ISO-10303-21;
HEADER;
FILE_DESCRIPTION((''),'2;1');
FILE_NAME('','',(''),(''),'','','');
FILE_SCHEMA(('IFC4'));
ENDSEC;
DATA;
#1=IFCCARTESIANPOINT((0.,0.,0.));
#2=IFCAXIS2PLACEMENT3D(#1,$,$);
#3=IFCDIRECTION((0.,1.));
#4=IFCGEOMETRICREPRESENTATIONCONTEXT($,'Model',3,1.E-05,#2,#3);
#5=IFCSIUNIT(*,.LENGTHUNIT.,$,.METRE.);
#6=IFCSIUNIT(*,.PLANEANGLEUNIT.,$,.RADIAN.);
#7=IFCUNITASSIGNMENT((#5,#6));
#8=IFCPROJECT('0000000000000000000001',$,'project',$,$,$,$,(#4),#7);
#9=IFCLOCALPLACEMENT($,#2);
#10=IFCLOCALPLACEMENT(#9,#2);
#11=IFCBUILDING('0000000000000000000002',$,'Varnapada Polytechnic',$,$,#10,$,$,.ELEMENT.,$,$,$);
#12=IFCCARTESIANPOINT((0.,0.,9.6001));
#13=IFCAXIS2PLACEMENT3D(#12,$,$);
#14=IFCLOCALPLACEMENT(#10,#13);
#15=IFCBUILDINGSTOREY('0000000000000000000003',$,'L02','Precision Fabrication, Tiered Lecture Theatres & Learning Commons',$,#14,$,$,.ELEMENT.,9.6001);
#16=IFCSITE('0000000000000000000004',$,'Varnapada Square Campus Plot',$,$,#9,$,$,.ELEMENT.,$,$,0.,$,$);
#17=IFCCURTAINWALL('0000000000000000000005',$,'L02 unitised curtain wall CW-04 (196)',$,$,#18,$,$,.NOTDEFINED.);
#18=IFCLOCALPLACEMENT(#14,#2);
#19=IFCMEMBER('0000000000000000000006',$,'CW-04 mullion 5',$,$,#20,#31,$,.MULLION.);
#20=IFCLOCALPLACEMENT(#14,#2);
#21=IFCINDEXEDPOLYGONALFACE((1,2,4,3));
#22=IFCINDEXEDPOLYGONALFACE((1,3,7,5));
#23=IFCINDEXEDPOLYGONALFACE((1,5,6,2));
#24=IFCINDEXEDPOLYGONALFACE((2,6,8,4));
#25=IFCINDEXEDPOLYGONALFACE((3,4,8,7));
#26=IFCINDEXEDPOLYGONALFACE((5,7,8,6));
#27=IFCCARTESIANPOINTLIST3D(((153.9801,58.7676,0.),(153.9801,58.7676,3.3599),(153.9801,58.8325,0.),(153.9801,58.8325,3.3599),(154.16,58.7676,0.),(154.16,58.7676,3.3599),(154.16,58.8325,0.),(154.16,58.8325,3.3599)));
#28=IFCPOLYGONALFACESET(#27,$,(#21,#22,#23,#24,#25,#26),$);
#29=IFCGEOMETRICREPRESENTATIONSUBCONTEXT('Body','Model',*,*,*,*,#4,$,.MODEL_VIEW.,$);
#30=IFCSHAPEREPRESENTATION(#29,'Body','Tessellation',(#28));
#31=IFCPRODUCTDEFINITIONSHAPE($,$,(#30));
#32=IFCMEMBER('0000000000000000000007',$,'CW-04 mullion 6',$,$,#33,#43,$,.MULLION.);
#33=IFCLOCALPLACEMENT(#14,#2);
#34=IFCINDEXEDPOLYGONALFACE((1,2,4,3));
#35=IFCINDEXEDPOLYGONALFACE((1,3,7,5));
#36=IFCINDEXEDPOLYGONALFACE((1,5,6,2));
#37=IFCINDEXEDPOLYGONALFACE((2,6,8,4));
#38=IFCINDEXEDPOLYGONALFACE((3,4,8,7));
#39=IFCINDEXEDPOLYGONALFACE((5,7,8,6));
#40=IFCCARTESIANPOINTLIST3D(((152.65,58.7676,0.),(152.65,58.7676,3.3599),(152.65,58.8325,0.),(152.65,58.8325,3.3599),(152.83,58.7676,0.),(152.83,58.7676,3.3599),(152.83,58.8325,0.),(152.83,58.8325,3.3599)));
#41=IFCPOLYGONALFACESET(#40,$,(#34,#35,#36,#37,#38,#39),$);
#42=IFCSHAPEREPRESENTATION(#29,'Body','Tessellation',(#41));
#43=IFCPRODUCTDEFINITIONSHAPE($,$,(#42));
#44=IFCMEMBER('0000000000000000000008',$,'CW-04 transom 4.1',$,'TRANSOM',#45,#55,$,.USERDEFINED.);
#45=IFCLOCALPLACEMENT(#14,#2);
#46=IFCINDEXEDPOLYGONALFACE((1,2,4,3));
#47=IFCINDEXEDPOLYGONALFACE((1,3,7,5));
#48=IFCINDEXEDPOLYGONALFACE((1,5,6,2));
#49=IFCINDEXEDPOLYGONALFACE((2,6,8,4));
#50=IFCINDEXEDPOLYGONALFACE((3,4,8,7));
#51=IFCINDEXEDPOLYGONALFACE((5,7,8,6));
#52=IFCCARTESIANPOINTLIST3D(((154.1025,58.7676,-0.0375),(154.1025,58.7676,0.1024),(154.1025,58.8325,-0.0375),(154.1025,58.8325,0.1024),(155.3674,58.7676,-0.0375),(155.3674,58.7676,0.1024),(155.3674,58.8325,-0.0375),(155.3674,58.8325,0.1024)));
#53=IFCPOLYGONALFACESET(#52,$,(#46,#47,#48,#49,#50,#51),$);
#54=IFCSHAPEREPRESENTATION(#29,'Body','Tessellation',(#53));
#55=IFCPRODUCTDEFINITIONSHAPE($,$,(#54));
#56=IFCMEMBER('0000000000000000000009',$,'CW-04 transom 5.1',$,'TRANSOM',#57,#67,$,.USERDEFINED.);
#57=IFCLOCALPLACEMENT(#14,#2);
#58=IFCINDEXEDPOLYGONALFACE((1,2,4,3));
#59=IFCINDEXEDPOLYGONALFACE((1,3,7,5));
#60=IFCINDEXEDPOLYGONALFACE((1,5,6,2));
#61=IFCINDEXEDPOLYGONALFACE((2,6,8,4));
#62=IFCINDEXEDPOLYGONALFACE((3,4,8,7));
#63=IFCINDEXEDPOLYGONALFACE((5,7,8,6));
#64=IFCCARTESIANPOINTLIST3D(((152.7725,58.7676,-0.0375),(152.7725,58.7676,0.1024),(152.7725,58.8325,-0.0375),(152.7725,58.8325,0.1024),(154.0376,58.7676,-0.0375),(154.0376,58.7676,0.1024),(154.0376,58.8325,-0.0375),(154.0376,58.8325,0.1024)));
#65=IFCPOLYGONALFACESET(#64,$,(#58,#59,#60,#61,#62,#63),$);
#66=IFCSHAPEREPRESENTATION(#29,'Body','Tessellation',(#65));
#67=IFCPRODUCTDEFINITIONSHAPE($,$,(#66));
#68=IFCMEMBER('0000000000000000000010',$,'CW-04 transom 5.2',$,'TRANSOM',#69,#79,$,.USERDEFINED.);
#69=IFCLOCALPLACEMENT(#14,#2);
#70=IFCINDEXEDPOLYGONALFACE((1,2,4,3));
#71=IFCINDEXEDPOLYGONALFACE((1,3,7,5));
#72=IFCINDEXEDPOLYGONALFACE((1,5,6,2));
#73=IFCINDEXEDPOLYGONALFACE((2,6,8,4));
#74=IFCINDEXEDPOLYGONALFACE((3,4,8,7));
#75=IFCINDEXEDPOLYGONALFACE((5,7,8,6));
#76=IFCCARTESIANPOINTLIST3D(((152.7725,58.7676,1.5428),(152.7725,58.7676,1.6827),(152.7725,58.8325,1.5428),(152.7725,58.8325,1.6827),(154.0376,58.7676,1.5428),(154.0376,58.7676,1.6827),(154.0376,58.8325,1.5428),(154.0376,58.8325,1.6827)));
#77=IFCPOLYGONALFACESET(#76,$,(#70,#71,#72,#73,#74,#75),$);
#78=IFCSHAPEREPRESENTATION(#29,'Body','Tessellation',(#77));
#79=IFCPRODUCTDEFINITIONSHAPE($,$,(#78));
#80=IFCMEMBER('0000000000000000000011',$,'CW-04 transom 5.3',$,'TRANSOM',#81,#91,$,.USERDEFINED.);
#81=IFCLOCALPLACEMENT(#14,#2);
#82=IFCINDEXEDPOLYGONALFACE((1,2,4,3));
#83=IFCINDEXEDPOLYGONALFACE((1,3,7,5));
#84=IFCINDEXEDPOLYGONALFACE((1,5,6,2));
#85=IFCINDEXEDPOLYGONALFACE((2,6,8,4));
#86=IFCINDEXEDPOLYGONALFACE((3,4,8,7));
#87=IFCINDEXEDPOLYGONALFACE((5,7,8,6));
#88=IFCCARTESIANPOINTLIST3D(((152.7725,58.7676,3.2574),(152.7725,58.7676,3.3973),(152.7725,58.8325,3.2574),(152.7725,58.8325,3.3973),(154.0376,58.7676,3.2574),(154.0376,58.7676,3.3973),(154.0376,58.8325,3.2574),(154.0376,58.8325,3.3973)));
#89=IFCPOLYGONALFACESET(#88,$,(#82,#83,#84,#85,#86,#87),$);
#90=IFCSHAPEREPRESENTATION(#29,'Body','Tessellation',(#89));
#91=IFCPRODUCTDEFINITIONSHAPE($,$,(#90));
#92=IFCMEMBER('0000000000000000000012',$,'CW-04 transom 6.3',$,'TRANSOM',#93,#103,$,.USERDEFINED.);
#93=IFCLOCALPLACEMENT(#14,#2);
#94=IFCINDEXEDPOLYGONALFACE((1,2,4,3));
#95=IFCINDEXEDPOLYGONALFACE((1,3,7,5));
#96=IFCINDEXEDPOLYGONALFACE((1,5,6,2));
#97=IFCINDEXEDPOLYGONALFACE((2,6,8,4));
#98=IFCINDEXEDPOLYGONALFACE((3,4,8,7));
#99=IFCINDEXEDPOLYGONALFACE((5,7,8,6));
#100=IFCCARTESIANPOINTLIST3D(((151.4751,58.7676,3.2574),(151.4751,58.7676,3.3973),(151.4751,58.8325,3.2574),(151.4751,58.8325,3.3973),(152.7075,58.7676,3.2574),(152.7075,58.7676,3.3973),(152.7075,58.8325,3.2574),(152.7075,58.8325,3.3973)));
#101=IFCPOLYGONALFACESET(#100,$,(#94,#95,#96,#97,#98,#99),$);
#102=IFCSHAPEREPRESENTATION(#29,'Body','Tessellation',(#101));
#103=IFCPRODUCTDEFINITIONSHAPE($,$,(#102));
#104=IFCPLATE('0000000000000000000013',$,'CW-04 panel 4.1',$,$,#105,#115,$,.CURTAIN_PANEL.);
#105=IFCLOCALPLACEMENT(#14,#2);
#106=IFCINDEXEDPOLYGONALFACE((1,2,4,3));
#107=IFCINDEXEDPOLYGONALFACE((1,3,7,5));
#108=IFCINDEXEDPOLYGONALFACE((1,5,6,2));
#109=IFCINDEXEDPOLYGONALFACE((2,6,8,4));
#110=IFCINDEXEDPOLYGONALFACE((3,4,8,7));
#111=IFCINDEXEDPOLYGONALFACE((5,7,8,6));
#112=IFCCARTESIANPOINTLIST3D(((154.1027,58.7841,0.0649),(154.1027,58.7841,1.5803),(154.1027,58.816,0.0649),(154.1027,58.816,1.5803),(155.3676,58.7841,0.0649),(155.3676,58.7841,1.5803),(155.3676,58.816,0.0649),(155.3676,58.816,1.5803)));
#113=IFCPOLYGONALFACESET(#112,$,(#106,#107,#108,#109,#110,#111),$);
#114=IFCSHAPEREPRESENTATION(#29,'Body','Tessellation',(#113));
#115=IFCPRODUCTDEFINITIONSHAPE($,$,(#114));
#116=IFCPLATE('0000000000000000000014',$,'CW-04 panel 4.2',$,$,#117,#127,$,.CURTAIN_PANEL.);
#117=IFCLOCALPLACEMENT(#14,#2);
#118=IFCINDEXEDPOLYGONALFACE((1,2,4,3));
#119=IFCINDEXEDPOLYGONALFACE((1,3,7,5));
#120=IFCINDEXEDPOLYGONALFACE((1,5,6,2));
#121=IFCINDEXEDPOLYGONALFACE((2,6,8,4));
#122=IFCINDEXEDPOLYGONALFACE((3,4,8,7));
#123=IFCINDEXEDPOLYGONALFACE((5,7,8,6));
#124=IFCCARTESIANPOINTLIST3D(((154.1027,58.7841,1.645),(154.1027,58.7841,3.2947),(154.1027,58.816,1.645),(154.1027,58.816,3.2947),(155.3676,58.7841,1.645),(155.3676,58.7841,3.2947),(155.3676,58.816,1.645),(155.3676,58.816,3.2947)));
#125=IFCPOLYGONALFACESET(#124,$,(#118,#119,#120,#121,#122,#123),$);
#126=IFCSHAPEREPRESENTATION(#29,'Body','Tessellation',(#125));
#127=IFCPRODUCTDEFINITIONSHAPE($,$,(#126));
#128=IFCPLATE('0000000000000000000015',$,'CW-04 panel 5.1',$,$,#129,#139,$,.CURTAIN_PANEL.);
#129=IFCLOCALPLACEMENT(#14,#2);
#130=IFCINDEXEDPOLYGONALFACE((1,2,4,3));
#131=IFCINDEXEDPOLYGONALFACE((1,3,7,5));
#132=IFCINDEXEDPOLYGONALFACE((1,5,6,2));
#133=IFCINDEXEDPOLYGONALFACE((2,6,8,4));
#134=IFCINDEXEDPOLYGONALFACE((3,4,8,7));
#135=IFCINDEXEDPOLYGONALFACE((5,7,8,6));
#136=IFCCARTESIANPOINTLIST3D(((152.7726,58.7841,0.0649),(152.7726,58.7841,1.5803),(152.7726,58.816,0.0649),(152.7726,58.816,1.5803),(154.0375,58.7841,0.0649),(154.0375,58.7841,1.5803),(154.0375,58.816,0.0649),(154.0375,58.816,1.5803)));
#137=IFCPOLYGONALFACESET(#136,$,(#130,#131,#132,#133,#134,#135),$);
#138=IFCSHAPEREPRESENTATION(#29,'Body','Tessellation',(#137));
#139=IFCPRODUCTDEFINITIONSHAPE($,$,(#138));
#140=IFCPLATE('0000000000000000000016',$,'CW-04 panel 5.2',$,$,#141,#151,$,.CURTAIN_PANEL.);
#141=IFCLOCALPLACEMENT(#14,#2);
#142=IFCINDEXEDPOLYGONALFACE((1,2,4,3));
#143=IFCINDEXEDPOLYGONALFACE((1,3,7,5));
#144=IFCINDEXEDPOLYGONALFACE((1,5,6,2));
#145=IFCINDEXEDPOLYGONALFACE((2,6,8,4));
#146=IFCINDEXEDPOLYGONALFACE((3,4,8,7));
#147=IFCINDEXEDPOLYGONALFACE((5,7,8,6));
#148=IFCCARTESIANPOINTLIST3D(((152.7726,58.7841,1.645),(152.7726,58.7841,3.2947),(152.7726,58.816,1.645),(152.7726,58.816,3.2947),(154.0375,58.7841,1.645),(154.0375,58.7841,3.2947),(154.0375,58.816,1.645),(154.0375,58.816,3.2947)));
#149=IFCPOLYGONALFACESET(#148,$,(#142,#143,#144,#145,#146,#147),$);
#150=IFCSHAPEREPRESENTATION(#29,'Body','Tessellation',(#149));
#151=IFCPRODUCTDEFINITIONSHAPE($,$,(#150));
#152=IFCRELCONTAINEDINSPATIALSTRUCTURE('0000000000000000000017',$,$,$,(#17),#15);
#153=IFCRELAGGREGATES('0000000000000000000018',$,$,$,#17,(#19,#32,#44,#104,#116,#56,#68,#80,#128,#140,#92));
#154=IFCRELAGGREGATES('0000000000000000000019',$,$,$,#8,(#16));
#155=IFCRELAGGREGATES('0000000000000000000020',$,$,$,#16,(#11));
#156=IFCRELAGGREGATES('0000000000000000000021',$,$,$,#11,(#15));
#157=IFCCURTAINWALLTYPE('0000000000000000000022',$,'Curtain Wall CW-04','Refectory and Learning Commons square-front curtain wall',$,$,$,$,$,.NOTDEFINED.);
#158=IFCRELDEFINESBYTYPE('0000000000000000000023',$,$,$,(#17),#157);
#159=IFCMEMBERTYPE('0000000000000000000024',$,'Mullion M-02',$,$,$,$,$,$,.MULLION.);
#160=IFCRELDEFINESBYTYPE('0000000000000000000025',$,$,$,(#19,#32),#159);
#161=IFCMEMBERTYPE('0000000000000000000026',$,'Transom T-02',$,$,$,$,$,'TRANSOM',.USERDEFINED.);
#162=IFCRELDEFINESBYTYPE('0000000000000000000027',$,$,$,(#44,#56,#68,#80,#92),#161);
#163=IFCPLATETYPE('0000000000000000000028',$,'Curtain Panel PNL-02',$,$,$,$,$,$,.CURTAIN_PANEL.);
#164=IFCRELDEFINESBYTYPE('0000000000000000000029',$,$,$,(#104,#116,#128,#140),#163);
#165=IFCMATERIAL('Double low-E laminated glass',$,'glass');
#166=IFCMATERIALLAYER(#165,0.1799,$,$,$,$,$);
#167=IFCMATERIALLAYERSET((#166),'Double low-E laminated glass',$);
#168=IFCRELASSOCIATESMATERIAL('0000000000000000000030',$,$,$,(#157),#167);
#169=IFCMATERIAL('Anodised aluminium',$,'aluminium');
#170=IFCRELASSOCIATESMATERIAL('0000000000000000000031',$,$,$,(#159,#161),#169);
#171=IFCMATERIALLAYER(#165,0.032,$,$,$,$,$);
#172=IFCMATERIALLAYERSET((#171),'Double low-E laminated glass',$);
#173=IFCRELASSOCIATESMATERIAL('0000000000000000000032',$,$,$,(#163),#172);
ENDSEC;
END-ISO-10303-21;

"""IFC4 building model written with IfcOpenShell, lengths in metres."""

from ifc_helpers import new_model, si_unit, direction, frame, origin, origin_2d, place, context, subcontext, project, spatial, rectangle, extrude, material, layer, layer_set, material_profile, profile_set, type_object, element, aggregate, save


model = new_model("IFC4")

# Units and contexts
model_context = context("Model", 3, precision=1e-05, world=origin(), true_north=direction((0.0, 1.0)))
body_context = subcontext(model_context, "Body", "Model", "MODEL_VIEW")
ifc_project = project(units=[si_unit("LENGTHUNIT", "METRE"), si_unit("PLANEANGLEUNIT", "RADIAN")], contexts=[model_context])

# Site, building, storey
site_placement = place(None, origin())
site = spatial("IfcSite", under=ifc_project, at=site_placement, Name="Varnapada Square Campus Plot", CompositionType="ELEMENT", RefElevation=0.0)
building_placement = place(site_placement, origin())
building = spatial("IfcBuilding", under=site, at=building_placement, Name="Varnapada Polytechnic", CompositionType="ELEMENT")
storey_placement = place(building_placement, frame((0.0, 0.0, 9.6001)))
storey = spatial("IfcBuildingStorey", under=building, at=storey_placement, Name="L02", Description="Precision Fabrication, Tiered Lecture Theatres & Learning Commons", CompositionType="ELEMENT", Elevation=9.6001)

# Curtain wall, members, plates
ifc_material_1 = material(Name="Double low-E laminated glass", Category="glass")
ifc_layer_1 = layer(ifc_material_1, 0.1799)
ifc_layer_set_1 = layer_set([ifc_layer_1], Name="Double low-E laminated glass")
curtain_wall_type = type_object("IfcCurtainWallType", Name="Curtain Wall CW-04", Description="Refectory and Learning Commons square-front curtain wall", PredefinedType="NOTDEFINED", material=ifc_layer_set_1)
curtain_wall_placement = place(storey_placement, origin())
curtain_wall = element("IfcCurtainWall", 1, at=curtain_wall_placement, inside=storey, type_object=curtain_wall_type, Name="L02 unitised curtain wall CW-04 (196)", PredefinedType="NOTDEFINED")
ifc_material_2 = material(Name="Anodised aluminium", Category="aluminium")
ifc_material_profile_1 = material_profile(ifc_material_2, rectangle(XDim=0.0649, YDim=0.1799, at=origin_2d()), Name="ALU M65x180")
ifc_profile_set_1 = profile_set([ifc_material_profile_1], Name="Anodised aluminium")
member_type_1 = type_object("IfcMemberType", Name="Mullion M-02", PredefinedType="MULLION", material=ifc_profile_set_1)
member_1_placement = place(storey_placement, frame((154.0701, 58.8, 0.0), z_axis=(0.0, 0.0, 1.0), x_axis=(0.0, -1.0, 0.0)))
member_1 = element("IfcMember", 2, at=member_1_placement, type_object=member_type_1, Name="CW-04 mullion 5", PredefinedType="MULLION", context=body_context, shape_type="SweptSolid", body=[
    extrude(rectangle(XDim=0.0649, YDim=0.1799, at=origin_2d()), origin(), (0.0, 0.0, 1.0), 3.3599),
])
member_2_placement = place(storey_placement, frame((152.74, 58.8, 0.0), z_axis=(0.0, 0.0, 1.0), x_axis=(0.0, -1.0, 0.0)))
member_2 = element("IfcMember", 3, at=member_2_placement, type_object=member_type_1, Name="CW-04 mullion 6", PredefinedType="MULLION", context=body_context, shape_type="SweptSolid", body=[
    extrude(rectangle(XDim=0.0649, YDim=0.1799, at=origin_2d()), origin(), (0.0, 0.0, 1.0), 3.3599),
])
ifc_material_profile_2 = material_profile(ifc_material_2, rectangle(XDim=0.0649, YDim=0.1399, at=origin_2d()), Name="ALU T65x140")
ifc_profile_set_2 = profile_set([ifc_material_profile_2], Name="Anodised aluminium")
member_type_2 = type_object("IfcMemberType", Name="Transom T-02", ElementType="TRANSOM", PredefinedType="USERDEFINED", material=ifc_profile_set_2)
member_3_placement = place(storey_placement, frame((155.3674, 58.8, 0.0325), z_axis=(-1.0, 0.0, 0.0), x_axis=(0.0, -1.0, 0.0)))
member_3 = element("IfcMember", 4, at=member_3_placement, type_object=member_type_2, Name="CW-04 transom 4.1", ObjectType="TRANSOM", PredefinedType="USERDEFINED", context=body_context, shape_type="SweptSolid", body=[
    extrude(rectangle(XDim=0.0649, YDim=0.1399, at=origin_2d()), origin(), (0.0, 0.0, 1.0), 1.2649),
])
member_4_placement = place(storey_placement, frame((154.0376, 58.8, 0.0325), z_axis=(-1.0, 0.0, 0.0), x_axis=(0.0, -1.0, 0.0)))
member_4 = element("IfcMember", 5, at=member_4_placement, type_object=member_type_2, Name="CW-04 transom 5.1", ObjectType="TRANSOM", PredefinedType="USERDEFINED", context=body_context, shape_type="SweptSolid", body=[
    extrude(rectangle(XDim=0.0649, YDim=0.1399, at=origin_2d()), origin(), (0.0, 0.0, 1.0), 1.2651),
])
member_5_placement = place(storey_placement, frame((154.0376, 58.8, 1.6128), z_axis=(-1.0, 0.0, 0.0), x_axis=(0.0, -1.0, 0.0)))
member_5 = element("IfcMember", 6, at=member_5_placement, type_object=member_type_2, Name="CW-04 transom 5.2", ObjectType="TRANSOM", PredefinedType="USERDEFINED", context=body_context, shape_type="SweptSolid", body=[
    extrude(rectangle(XDim=0.0649, YDim=0.1399, at=origin_2d()), origin(), (0.0, 0.0, 1.0), 1.2651),
])
member_6_placement = place(storey_placement, frame((154.0376, 58.8, 3.3274), z_axis=(-1.0, 0.0, 0.0), x_axis=(0.0, -1.0, 0.0)))
member_6 = element("IfcMember", 7, at=member_6_placement, type_object=member_type_2, Name="CW-04 transom 5.3", ObjectType="TRANSOM", PredefinedType="USERDEFINED", context=body_context, shape_type="SweptSolid", body=[
    extrude(rectangle(XDim=0.0649, YDim=0.1399, at=origin_2d()), origin(), (0.0, 0.0, 1.0), 1.2651),
])
member_7_placement = place(storey_placement, frame((152.7075, 58.8, 3.3274), z_axis=(-1.0, 0.0, 0.0), x_axis=(0.0, -1.0, 0.0)))
member_7 = element("IfcMember", 8, at=member_7_placement, type_object=member_type_2, Name="CW-04 transom 6.3", ObjectType="TRANSOM", PredefinedType="USERDEFINED", context=body_context, shape_type="SweptSolid", body=[
    extrude(rectangle(XDim=0.0649, YDim=0.1399, at=origin_2d()), origin(), (0.0, 0.0, 1.0), 1.2324),
])
ifc_layer_2 = layer(ifc_material_1, 0.032)
ifc_layer_set_2 = layer_set([ifc_layer_2], Name="Double low-E laminated glass")
plate_type = type_object("IfcPlateType", Name="Curtain Panel PNL-02", PredefinedType="CURTAIN_PANEL", material=ifc_layer_set_2)
plate_1_placement = place(storey_placement, frame((154.7351, 58.8, 0.0649), z_axis=(0.0, 0.0, 1.0), x_axis=(-1.0, 0.0, 0.0)))
plate_1 = element("IfcPlate", 9, at=plate_1_placement, type_object=plate_type, Name="CW-04 panel 4.1", PredefinedType="CURTAIN_PANEL", context=body_context, shape_type="SweptSolid", body=[
    extrude(rectangle(XDim=1.2649, YDim=0.032, at=origin_2d()), origin(), (0.0, 0.0, 1.0), 1.5154),
])
plate_2_placement = place(storey_placement, frame((154.7351, 58.8, 1.645), z_axis=(0.0, 0.0, 1.0), x_axis=(-1.0, 0.0, 0.0)))
plate_2 = element("IfcPlate", 10, at=plate_2_placement, type_object=plate_type, Name="CW-04 panel 4.2", PredefinedType="CURTAIN_PANEL", context=body_context, shape_type="SweptSolid", body=[
    extrude(rectangle(XDim=1.2649, YDim=0.032, at=origin_2d()), origin(), (0.0, 0.0, 1.0), 1.6497),
])
plate_3_placement = place(storey_placement, frame((153.405, 58.8, 0.0649), z_axis=(0.0, 0.0, 1.0), x_axis=(-1.0, 0.0, 0.0)))
plate_3 = element("IfcPlate", 11, at=plate_3_placement, type_object=plate_type, Name="CW-04 panel 5.1", PredefinedType="CURTAIN_PANEL", context=body_context, shape_type="SweptSolid", body=[
    extrude(rectangle(XDim=1.2649, YDim=0.032, at=origin_2d()), origin(), (0.0, 0.0, 1.0), 1.5154),
])
plate_4_placement = place(storey_placement, frame((153.405, 58.8, 1.645), z_axis=(0.0, 0.0, 1.0), x_axis=(-1.0, 0.0, 0.0)))
plate_4 = element("IfcPlate", 12, at=plate_4_placement, type_object=plate_type, Name="CW-04 panel 5.2", PredefinedType="CURTAIN_PANEL", context=body_context, shape_type="SweptSolid", body=[
    extrude(rectangle(XDim=1.2649, YDim=0.032, at=origin_2d()), origin(), (0.0, 0.0, 1.0), 1.6497),
])
aggregate(curtain_wall, [member_1, member_2, member_3, plate_1, plate_2, member_4, member_5, member_6, plate_3, plate_4, member_7])

save(model, "model.ifc")
